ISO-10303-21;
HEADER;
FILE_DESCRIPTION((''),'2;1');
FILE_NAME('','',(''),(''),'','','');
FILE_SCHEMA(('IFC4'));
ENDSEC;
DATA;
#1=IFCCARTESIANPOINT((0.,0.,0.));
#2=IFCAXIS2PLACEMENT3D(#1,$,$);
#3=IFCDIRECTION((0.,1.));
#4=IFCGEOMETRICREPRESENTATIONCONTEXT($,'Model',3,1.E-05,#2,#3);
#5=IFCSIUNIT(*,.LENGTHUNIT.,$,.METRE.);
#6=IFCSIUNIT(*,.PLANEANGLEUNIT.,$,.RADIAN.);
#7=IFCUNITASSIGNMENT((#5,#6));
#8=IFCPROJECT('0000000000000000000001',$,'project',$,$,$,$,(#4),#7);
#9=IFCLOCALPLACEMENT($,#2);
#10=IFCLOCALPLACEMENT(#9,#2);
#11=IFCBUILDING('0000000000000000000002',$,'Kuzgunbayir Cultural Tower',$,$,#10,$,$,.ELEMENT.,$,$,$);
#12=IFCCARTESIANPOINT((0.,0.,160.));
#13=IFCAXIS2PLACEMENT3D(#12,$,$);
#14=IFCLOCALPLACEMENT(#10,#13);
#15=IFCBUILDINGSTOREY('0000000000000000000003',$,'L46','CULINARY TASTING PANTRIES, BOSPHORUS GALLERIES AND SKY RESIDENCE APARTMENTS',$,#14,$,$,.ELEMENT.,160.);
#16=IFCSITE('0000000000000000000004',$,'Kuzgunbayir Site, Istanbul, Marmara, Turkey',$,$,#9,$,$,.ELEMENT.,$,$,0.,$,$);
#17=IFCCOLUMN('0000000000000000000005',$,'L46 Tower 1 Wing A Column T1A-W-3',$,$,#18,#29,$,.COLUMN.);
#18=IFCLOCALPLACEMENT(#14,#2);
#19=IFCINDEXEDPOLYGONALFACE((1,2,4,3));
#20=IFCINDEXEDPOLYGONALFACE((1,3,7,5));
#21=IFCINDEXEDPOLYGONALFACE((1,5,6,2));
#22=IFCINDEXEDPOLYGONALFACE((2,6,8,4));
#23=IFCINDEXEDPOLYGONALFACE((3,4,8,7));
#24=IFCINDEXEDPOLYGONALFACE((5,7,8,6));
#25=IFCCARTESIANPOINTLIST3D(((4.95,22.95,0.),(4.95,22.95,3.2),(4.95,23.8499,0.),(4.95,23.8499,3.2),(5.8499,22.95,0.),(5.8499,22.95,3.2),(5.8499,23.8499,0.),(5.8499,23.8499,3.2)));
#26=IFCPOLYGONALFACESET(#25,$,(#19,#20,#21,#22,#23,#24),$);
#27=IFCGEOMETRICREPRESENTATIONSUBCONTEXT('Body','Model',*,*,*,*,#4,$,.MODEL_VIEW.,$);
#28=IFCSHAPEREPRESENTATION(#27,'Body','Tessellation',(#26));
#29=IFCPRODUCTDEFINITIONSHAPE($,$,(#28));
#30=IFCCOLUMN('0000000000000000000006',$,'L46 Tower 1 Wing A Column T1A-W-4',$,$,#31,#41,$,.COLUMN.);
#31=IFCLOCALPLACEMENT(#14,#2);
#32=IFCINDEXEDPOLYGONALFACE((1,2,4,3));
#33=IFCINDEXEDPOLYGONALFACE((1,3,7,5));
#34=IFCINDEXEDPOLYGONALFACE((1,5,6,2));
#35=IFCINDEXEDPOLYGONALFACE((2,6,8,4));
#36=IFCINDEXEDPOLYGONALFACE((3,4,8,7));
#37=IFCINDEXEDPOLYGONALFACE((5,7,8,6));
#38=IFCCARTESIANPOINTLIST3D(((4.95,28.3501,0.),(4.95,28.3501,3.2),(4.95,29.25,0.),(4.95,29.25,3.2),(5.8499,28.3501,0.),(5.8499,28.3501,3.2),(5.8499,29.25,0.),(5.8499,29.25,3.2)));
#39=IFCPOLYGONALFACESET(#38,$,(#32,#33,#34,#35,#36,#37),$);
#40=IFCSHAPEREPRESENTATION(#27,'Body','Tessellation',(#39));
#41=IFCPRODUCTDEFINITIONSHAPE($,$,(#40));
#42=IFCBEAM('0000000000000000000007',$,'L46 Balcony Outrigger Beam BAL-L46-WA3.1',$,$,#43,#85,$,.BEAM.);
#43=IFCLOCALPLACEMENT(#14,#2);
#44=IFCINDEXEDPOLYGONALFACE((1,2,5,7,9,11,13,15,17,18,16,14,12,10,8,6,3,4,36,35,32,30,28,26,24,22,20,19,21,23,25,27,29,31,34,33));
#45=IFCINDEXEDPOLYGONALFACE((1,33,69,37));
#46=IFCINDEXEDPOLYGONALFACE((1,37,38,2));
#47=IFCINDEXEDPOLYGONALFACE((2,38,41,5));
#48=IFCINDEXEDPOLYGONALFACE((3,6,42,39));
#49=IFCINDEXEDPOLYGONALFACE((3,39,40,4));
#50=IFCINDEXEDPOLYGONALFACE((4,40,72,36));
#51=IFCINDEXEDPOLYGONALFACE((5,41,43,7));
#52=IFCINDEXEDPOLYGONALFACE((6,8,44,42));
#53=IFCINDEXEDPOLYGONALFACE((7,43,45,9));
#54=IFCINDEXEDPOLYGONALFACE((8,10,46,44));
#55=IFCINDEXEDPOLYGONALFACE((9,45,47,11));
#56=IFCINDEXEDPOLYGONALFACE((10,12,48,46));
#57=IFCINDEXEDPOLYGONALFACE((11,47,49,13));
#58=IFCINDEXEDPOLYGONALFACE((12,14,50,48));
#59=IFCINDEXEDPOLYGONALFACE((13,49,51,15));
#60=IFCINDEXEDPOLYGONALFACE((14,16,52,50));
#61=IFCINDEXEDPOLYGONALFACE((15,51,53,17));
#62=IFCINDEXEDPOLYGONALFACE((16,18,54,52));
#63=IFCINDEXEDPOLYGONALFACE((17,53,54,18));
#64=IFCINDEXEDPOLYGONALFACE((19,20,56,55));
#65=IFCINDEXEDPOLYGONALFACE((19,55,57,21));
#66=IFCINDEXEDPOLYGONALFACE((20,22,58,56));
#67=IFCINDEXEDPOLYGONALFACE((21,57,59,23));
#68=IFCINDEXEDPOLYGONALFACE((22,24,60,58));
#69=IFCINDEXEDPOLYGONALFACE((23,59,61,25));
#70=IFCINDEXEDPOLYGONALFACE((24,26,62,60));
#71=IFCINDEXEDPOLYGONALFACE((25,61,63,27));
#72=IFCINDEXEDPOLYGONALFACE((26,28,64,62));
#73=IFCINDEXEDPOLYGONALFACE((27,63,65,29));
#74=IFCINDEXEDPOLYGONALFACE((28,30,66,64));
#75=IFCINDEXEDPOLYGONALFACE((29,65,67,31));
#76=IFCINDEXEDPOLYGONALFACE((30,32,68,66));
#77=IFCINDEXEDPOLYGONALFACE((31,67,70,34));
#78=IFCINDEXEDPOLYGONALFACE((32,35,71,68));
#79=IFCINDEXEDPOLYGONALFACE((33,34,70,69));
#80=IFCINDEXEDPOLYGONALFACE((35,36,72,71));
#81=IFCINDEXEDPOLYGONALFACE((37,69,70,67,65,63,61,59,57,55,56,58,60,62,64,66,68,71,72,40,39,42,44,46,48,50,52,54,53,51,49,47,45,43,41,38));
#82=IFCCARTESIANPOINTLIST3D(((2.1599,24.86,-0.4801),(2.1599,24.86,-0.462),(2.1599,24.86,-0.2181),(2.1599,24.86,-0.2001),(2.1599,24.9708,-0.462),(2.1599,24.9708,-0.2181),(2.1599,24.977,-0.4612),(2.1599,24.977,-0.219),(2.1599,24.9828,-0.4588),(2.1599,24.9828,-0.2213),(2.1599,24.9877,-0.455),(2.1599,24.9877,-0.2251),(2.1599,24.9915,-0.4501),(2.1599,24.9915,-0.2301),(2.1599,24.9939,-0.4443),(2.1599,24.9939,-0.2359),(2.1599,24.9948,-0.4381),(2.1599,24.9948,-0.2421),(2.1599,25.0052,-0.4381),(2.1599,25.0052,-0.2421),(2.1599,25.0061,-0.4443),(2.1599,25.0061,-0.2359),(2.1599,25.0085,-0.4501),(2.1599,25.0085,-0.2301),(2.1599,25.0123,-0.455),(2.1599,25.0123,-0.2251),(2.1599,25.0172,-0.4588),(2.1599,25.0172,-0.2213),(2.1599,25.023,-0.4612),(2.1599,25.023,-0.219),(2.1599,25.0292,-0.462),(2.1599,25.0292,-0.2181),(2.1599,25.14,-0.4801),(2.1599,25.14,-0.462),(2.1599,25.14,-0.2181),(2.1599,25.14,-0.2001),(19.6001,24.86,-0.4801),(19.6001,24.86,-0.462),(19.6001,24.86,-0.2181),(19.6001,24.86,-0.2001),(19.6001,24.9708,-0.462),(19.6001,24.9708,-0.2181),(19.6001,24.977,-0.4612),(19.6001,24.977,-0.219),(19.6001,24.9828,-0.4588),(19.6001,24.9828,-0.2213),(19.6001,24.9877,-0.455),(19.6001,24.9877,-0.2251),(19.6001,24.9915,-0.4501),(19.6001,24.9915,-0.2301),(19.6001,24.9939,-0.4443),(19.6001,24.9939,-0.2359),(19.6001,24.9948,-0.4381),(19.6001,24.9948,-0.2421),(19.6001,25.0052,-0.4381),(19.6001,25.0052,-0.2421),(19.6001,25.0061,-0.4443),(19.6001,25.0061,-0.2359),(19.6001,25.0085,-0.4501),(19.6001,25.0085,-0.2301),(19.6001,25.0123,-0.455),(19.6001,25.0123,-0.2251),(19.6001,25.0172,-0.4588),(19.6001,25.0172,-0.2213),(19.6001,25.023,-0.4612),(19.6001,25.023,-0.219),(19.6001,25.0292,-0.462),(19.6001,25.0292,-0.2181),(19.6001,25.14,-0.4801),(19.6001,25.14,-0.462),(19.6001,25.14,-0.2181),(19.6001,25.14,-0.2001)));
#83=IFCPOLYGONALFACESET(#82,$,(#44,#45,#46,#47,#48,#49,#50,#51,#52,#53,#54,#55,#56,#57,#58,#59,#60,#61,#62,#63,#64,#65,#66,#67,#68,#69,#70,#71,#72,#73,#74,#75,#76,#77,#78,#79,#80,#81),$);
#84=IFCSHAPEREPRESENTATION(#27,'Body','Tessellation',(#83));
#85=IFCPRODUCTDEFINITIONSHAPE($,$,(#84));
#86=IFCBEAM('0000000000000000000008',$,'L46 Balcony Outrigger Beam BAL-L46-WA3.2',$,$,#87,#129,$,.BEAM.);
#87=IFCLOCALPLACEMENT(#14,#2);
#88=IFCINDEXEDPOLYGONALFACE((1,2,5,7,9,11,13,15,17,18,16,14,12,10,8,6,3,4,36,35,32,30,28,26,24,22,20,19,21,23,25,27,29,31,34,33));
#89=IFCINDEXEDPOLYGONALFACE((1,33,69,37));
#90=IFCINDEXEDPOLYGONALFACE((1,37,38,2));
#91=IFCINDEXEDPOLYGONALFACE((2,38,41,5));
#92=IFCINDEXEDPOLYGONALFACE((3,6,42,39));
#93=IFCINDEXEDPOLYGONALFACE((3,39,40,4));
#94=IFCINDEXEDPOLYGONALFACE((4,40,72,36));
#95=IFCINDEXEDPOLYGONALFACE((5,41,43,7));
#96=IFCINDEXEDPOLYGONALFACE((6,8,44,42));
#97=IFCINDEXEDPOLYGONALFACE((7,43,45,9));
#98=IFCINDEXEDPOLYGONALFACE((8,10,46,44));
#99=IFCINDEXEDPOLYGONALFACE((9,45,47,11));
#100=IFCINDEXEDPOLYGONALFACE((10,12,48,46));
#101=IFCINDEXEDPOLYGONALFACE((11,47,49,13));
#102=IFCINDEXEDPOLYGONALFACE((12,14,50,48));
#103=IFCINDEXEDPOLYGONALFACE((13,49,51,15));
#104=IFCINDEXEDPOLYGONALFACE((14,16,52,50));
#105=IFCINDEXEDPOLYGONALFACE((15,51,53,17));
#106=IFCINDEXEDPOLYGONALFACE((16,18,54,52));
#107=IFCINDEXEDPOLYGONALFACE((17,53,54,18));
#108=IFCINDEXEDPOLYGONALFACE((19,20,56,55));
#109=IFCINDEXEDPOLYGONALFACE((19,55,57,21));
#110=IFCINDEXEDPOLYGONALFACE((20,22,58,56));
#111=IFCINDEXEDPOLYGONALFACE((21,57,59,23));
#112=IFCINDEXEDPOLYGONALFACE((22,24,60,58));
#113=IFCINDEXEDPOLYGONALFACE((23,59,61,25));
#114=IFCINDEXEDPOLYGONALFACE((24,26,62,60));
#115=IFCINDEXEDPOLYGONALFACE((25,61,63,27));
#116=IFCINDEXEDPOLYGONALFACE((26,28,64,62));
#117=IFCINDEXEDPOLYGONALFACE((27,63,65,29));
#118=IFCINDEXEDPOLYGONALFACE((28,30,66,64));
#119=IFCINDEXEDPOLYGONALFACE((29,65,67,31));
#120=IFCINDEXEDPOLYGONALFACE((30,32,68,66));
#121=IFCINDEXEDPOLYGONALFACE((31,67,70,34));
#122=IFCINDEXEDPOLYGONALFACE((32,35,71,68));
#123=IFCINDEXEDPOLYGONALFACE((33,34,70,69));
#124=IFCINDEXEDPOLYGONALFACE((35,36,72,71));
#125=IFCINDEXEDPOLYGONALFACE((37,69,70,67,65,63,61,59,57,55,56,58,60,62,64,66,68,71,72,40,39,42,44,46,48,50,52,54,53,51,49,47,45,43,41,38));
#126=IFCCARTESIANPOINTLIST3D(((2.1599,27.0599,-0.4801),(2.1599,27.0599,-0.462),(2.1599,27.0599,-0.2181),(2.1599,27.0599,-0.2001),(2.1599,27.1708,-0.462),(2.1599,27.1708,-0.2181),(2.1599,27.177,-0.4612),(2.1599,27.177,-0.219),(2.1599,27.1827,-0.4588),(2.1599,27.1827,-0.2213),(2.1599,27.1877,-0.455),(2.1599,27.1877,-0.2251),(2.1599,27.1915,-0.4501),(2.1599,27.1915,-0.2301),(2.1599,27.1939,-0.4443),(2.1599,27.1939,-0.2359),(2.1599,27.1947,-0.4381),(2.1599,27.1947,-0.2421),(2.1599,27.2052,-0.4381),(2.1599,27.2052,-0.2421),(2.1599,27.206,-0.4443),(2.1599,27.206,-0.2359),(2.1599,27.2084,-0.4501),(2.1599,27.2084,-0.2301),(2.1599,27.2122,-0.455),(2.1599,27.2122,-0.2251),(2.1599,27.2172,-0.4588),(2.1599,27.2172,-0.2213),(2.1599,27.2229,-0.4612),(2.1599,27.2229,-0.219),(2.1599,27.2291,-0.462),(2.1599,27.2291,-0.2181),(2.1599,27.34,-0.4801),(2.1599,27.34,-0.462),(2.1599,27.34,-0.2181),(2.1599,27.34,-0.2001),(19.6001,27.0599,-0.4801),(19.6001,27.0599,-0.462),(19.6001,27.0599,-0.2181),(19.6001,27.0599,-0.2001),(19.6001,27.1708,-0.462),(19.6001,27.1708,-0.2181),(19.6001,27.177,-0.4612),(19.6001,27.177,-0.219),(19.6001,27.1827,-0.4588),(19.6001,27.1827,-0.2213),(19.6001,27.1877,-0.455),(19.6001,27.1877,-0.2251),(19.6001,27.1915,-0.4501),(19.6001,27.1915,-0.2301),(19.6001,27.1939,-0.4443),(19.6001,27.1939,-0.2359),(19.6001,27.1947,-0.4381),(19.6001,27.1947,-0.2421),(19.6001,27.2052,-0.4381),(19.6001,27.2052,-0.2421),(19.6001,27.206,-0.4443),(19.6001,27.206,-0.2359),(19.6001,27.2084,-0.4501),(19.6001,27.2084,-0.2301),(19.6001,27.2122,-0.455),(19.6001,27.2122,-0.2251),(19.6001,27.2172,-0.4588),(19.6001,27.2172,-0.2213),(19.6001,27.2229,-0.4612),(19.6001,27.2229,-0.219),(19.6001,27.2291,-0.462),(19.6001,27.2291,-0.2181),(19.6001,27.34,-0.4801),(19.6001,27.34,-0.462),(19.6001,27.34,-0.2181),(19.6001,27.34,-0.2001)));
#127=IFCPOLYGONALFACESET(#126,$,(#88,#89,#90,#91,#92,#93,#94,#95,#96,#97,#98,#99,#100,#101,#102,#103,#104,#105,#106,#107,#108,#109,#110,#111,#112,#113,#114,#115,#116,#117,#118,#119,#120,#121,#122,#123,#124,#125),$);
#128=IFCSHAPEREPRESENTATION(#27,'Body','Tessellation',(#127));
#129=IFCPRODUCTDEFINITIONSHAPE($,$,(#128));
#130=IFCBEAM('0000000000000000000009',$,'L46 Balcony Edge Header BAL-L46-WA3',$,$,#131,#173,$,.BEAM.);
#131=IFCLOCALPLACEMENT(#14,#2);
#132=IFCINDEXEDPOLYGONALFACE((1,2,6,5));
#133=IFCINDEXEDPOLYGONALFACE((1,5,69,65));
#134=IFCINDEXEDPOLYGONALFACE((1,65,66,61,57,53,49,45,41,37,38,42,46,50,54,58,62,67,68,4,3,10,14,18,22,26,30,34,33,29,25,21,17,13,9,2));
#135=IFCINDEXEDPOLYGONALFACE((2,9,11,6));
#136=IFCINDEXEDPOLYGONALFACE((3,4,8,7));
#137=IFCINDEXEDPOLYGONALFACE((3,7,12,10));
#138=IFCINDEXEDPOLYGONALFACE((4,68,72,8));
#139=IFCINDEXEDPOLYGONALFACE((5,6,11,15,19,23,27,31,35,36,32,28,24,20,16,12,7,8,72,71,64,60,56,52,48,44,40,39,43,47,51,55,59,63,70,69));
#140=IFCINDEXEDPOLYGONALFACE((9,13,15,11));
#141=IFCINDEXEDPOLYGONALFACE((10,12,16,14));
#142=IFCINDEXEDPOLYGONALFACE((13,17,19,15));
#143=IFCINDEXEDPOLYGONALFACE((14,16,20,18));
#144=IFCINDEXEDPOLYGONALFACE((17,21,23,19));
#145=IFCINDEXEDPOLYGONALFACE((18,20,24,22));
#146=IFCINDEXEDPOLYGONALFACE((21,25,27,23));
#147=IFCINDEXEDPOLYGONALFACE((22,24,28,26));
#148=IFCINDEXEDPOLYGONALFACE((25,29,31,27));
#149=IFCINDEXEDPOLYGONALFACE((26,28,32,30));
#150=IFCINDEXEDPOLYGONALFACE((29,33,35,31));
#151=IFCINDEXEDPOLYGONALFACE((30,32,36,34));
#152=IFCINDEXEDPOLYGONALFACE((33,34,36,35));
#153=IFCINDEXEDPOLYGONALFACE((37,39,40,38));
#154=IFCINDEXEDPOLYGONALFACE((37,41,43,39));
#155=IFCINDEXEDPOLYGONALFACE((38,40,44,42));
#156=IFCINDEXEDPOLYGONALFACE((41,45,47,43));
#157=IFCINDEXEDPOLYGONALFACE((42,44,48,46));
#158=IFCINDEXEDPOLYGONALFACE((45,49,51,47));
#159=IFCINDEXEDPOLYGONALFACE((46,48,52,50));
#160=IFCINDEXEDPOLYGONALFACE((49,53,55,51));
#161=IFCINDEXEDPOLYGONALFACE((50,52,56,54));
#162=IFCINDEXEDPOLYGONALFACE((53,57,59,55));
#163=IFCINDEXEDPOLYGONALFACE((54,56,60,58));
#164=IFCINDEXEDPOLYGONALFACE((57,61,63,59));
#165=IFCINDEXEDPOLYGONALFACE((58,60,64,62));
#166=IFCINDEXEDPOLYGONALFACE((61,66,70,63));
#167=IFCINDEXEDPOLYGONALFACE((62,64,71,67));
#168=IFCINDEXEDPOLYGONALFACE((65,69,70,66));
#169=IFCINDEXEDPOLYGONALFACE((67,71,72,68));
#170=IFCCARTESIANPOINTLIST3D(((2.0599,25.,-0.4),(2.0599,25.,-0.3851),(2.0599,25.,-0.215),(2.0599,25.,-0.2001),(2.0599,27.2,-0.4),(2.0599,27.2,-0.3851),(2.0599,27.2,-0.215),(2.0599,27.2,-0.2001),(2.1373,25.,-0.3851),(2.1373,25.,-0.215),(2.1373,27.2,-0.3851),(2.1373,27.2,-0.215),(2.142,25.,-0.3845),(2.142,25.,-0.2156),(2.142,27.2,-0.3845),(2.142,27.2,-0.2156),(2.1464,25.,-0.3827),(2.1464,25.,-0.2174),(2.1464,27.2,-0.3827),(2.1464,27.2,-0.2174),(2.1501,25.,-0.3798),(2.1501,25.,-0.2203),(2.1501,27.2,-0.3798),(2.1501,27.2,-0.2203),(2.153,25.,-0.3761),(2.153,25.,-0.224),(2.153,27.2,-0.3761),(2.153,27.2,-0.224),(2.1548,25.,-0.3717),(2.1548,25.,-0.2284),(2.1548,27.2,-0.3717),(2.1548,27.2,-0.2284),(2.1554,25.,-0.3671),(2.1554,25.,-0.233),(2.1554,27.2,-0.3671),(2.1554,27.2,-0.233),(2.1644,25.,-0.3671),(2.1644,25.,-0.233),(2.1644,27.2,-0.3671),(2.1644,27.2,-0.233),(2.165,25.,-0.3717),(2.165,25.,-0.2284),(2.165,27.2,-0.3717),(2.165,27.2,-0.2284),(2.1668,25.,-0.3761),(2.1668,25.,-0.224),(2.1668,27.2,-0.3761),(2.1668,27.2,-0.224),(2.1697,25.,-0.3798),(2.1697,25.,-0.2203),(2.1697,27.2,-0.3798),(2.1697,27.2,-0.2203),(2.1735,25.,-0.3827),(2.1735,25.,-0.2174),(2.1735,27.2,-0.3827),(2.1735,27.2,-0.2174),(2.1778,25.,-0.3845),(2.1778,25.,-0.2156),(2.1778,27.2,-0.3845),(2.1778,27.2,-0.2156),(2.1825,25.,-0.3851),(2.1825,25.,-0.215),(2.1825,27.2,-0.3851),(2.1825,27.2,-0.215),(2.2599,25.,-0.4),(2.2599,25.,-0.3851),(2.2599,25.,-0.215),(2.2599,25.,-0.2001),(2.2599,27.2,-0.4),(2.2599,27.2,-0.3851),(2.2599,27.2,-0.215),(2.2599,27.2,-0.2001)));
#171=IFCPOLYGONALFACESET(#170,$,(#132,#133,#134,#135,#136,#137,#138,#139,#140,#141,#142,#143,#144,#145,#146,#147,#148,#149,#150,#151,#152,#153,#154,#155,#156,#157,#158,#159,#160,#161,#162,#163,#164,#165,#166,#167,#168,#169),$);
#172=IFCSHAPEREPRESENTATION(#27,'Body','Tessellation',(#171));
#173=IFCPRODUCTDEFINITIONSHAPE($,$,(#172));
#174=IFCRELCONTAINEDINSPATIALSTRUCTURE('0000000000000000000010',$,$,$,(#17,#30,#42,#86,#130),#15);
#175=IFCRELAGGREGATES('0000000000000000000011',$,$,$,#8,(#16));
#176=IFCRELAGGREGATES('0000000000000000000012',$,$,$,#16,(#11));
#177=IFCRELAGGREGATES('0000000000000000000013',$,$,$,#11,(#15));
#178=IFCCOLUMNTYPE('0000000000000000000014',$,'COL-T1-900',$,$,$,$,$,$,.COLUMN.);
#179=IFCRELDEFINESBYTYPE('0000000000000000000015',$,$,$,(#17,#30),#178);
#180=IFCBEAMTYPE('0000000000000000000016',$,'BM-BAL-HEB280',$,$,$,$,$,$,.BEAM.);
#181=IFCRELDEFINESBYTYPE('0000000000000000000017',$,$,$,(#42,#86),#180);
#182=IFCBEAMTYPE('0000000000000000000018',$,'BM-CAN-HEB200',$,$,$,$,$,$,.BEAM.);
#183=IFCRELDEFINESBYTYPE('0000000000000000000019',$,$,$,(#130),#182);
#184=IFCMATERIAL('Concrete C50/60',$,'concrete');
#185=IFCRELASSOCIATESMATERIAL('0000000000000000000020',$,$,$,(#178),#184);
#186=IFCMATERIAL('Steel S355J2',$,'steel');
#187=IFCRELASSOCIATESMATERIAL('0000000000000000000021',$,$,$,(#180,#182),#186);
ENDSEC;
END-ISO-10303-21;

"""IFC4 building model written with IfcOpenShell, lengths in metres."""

from ifc_helpers import new_model, si_unit, direction, frame, origin, origin_2d, place, context, subcontext, project, spatial, rectangle, i_section, extrude, material, material_profile, profile_set, type_object, element, save


model = new_model("IFC4")

# Units and contexts
model_context = context("Model", 3, precision=1e-05, world=origin(), true_north=direction((0.0, 1.0)))
body_context = subcontext(model_context, "Body", "Model", "MODEL_VIEW")
ifc_project = project(units=[si_unit("LENGTHUNIT", "METRE"), si_unit("PLANEANGLEUNIT", "RADIAN")], contexts=[model_context])

# Site, building, storey
site_placement = place(None, origin())
site = spatial("IfcSite", under=ifc_project, at=site_placement, Name="Kuzgunbayir Site, Istanbul, Marmara, Turkey", CompositionType="ELEMENT", RefElevation=0.0)
building_placement = place(site_placement, origin())
building = spatial("IfcBuilding", under=site, at=building_placement, Name="Kuzgunbayir Cultural Tower", CompositionType="ELEMENT")
storey_placement = place(building_placement, frame((0.0, 0.0, 160.0)))
storey = spatial("IfcBuildingStorey", under=building, at=storey_placement, Name="L46", Description="CULINARY TASTING PANTRIES, BOSPHORUS GALLERIES AND SKY RESIDENCE APARTMENTS", CompositionType="ELEMENT", Elevation=160.0)

# Columns
ifc_material_1 = material(Name="Concrete C50/60", Category="concrete")
ifc_material_profile_1 = material_profile(ifc_material_1, rectangle(XDim=0.8999, YDim=0.8999, at=origin_2d()), Name="RC 900x900")
ifc_profile_set_1 = profile_set([ifc_material_profile_1], Name="Concrete C50/60")
column_type = type_object("IfcColumnType", Name="COL-T1-900", PredefinedType="COLUMN", material=ifc_profile_set_1)
for number, where, z_axis, x_axis, name in (
    (1, (5.3999, 23.3999, 0.0), (0.0, 0.0, 1.0), (1.0, 0.0, 0.0), "L46 Tower 1 Wing A Column T1A-W-3"),
    (2, (5.3999, 28.8, 0.0), (0.0, 0.0, 1.0), (1.0, 0.0, 0.0), "L46 Tower 1 Wing A Column T1A-W-4"),
):
    element("IfcColumn", number, at=place(storey_placement, frame(where, z_axis=z_axis, x_axis=x_axis)), inside=storey, type_object=column_type, Name=name, PredefinedType="COLUMN", context=body_context, shape_type="SweptSolid", body=[
        extrude(rectangle(XDim=0.8999, YDim=0.8999, at=origin_2d()), origin(), (0.0, 0.0, 1.0), 3.2),
    ])

# Beams
ifc_material_2 = material(Name="Steel S355J2", Category="steel")
ifc_material_profile_2 = material_profile(ifc_material_2, i_section(OverallWidth=0.28, OverallDepth=0.28, WebThickness=0.0105, FlangeThickness=0.0181, FilletRadius=0.0239, at=origin_2d()), Name="HEB 280")
ifc_profile_set_2 = profile_set([ifc_material_profile_2], Name="Steel S355J2")
beam_type_1 = type_object("IfcBeamType", Name="BM-BAL-HEB280", PredefinedType="BEAM", material=ifc_profile_set_2)
for number, where, z_axis, x_axis, name in (
    (3, (2.1599, 25.0, -0.3401), (1.0, 0.0, 0.0), (0.0, 1.0, 0.0), "L46 Balcony Outrigger Beam BAL-L46-WA3.1"),
    (4, (2.1599, 27.2, -0.3401), (1.0, 0.0, 0.0), (0.0, 1.0, 0.0), "L46 Balcony Outrigger Beam BAL-L46-WA3.2"),
):
    element("IfcBeam", number, at=place(storey_placement, frame(where, z_axis=z_axis, x_axis=x_axis)), inside=storey, type_object=beam_type_1, Name=name, PredefinedType="BEAM", context=body_context, shape_type="SweptSolid", body=[
        extrude(i_section(OverallWidth=0.28, OverallDepth=0.28, WebThickness=0.0105, FlangeThickness=0.0181, FilletRadius=0.0239, at=origin_2d()), origin(), (0.0, 0.0, 1.0), 17.4402),
    ])
ifc_material_profile_3 = material_profile(ifc_material_2, i_section(OverallWidth=0.2, OverallDepth=0.2, WebThickness=0.009, FlangeThickness=0.0149, FilletRadius=0.0181, at=origin_2d()), Name="HEB 200")
ifc_profile_set_3 = profile_set([ifc_material_profile_3], Name="Steel S355J2")
beam_type_2 = type_object("IfcBeamType", Name="BM-CAN-HEB200", PredefinedType="BEAM", material=ifc_profile_set_3)
beam_1_placement = place(storey_placement, frame((2.1599, 25.0, -0.3), z_axis=(0.0, 1.0, 0.0), x_axis=(-1.0, 0.0, 0.0)))
element("IfcBeam", 5, at=beam_1_placement, inside=storey, type_object=beam_type_2, Name="L46 Balcony Edge Header BAL-L46-WA3", PredefinedType="BEAM", context=body_context, shape_type="SweptSolid", body=[
    extrude(i_section(OverallWidth=0.2, OverallDepth=0.2, WebThickness=0.009, FlangeThickness=0.0149, FilletRadius=0.0181, at=origin_2d()), origin(), (0.0, 0.0, 1.0), 2.2),
])

save(model, "model.ifc")
